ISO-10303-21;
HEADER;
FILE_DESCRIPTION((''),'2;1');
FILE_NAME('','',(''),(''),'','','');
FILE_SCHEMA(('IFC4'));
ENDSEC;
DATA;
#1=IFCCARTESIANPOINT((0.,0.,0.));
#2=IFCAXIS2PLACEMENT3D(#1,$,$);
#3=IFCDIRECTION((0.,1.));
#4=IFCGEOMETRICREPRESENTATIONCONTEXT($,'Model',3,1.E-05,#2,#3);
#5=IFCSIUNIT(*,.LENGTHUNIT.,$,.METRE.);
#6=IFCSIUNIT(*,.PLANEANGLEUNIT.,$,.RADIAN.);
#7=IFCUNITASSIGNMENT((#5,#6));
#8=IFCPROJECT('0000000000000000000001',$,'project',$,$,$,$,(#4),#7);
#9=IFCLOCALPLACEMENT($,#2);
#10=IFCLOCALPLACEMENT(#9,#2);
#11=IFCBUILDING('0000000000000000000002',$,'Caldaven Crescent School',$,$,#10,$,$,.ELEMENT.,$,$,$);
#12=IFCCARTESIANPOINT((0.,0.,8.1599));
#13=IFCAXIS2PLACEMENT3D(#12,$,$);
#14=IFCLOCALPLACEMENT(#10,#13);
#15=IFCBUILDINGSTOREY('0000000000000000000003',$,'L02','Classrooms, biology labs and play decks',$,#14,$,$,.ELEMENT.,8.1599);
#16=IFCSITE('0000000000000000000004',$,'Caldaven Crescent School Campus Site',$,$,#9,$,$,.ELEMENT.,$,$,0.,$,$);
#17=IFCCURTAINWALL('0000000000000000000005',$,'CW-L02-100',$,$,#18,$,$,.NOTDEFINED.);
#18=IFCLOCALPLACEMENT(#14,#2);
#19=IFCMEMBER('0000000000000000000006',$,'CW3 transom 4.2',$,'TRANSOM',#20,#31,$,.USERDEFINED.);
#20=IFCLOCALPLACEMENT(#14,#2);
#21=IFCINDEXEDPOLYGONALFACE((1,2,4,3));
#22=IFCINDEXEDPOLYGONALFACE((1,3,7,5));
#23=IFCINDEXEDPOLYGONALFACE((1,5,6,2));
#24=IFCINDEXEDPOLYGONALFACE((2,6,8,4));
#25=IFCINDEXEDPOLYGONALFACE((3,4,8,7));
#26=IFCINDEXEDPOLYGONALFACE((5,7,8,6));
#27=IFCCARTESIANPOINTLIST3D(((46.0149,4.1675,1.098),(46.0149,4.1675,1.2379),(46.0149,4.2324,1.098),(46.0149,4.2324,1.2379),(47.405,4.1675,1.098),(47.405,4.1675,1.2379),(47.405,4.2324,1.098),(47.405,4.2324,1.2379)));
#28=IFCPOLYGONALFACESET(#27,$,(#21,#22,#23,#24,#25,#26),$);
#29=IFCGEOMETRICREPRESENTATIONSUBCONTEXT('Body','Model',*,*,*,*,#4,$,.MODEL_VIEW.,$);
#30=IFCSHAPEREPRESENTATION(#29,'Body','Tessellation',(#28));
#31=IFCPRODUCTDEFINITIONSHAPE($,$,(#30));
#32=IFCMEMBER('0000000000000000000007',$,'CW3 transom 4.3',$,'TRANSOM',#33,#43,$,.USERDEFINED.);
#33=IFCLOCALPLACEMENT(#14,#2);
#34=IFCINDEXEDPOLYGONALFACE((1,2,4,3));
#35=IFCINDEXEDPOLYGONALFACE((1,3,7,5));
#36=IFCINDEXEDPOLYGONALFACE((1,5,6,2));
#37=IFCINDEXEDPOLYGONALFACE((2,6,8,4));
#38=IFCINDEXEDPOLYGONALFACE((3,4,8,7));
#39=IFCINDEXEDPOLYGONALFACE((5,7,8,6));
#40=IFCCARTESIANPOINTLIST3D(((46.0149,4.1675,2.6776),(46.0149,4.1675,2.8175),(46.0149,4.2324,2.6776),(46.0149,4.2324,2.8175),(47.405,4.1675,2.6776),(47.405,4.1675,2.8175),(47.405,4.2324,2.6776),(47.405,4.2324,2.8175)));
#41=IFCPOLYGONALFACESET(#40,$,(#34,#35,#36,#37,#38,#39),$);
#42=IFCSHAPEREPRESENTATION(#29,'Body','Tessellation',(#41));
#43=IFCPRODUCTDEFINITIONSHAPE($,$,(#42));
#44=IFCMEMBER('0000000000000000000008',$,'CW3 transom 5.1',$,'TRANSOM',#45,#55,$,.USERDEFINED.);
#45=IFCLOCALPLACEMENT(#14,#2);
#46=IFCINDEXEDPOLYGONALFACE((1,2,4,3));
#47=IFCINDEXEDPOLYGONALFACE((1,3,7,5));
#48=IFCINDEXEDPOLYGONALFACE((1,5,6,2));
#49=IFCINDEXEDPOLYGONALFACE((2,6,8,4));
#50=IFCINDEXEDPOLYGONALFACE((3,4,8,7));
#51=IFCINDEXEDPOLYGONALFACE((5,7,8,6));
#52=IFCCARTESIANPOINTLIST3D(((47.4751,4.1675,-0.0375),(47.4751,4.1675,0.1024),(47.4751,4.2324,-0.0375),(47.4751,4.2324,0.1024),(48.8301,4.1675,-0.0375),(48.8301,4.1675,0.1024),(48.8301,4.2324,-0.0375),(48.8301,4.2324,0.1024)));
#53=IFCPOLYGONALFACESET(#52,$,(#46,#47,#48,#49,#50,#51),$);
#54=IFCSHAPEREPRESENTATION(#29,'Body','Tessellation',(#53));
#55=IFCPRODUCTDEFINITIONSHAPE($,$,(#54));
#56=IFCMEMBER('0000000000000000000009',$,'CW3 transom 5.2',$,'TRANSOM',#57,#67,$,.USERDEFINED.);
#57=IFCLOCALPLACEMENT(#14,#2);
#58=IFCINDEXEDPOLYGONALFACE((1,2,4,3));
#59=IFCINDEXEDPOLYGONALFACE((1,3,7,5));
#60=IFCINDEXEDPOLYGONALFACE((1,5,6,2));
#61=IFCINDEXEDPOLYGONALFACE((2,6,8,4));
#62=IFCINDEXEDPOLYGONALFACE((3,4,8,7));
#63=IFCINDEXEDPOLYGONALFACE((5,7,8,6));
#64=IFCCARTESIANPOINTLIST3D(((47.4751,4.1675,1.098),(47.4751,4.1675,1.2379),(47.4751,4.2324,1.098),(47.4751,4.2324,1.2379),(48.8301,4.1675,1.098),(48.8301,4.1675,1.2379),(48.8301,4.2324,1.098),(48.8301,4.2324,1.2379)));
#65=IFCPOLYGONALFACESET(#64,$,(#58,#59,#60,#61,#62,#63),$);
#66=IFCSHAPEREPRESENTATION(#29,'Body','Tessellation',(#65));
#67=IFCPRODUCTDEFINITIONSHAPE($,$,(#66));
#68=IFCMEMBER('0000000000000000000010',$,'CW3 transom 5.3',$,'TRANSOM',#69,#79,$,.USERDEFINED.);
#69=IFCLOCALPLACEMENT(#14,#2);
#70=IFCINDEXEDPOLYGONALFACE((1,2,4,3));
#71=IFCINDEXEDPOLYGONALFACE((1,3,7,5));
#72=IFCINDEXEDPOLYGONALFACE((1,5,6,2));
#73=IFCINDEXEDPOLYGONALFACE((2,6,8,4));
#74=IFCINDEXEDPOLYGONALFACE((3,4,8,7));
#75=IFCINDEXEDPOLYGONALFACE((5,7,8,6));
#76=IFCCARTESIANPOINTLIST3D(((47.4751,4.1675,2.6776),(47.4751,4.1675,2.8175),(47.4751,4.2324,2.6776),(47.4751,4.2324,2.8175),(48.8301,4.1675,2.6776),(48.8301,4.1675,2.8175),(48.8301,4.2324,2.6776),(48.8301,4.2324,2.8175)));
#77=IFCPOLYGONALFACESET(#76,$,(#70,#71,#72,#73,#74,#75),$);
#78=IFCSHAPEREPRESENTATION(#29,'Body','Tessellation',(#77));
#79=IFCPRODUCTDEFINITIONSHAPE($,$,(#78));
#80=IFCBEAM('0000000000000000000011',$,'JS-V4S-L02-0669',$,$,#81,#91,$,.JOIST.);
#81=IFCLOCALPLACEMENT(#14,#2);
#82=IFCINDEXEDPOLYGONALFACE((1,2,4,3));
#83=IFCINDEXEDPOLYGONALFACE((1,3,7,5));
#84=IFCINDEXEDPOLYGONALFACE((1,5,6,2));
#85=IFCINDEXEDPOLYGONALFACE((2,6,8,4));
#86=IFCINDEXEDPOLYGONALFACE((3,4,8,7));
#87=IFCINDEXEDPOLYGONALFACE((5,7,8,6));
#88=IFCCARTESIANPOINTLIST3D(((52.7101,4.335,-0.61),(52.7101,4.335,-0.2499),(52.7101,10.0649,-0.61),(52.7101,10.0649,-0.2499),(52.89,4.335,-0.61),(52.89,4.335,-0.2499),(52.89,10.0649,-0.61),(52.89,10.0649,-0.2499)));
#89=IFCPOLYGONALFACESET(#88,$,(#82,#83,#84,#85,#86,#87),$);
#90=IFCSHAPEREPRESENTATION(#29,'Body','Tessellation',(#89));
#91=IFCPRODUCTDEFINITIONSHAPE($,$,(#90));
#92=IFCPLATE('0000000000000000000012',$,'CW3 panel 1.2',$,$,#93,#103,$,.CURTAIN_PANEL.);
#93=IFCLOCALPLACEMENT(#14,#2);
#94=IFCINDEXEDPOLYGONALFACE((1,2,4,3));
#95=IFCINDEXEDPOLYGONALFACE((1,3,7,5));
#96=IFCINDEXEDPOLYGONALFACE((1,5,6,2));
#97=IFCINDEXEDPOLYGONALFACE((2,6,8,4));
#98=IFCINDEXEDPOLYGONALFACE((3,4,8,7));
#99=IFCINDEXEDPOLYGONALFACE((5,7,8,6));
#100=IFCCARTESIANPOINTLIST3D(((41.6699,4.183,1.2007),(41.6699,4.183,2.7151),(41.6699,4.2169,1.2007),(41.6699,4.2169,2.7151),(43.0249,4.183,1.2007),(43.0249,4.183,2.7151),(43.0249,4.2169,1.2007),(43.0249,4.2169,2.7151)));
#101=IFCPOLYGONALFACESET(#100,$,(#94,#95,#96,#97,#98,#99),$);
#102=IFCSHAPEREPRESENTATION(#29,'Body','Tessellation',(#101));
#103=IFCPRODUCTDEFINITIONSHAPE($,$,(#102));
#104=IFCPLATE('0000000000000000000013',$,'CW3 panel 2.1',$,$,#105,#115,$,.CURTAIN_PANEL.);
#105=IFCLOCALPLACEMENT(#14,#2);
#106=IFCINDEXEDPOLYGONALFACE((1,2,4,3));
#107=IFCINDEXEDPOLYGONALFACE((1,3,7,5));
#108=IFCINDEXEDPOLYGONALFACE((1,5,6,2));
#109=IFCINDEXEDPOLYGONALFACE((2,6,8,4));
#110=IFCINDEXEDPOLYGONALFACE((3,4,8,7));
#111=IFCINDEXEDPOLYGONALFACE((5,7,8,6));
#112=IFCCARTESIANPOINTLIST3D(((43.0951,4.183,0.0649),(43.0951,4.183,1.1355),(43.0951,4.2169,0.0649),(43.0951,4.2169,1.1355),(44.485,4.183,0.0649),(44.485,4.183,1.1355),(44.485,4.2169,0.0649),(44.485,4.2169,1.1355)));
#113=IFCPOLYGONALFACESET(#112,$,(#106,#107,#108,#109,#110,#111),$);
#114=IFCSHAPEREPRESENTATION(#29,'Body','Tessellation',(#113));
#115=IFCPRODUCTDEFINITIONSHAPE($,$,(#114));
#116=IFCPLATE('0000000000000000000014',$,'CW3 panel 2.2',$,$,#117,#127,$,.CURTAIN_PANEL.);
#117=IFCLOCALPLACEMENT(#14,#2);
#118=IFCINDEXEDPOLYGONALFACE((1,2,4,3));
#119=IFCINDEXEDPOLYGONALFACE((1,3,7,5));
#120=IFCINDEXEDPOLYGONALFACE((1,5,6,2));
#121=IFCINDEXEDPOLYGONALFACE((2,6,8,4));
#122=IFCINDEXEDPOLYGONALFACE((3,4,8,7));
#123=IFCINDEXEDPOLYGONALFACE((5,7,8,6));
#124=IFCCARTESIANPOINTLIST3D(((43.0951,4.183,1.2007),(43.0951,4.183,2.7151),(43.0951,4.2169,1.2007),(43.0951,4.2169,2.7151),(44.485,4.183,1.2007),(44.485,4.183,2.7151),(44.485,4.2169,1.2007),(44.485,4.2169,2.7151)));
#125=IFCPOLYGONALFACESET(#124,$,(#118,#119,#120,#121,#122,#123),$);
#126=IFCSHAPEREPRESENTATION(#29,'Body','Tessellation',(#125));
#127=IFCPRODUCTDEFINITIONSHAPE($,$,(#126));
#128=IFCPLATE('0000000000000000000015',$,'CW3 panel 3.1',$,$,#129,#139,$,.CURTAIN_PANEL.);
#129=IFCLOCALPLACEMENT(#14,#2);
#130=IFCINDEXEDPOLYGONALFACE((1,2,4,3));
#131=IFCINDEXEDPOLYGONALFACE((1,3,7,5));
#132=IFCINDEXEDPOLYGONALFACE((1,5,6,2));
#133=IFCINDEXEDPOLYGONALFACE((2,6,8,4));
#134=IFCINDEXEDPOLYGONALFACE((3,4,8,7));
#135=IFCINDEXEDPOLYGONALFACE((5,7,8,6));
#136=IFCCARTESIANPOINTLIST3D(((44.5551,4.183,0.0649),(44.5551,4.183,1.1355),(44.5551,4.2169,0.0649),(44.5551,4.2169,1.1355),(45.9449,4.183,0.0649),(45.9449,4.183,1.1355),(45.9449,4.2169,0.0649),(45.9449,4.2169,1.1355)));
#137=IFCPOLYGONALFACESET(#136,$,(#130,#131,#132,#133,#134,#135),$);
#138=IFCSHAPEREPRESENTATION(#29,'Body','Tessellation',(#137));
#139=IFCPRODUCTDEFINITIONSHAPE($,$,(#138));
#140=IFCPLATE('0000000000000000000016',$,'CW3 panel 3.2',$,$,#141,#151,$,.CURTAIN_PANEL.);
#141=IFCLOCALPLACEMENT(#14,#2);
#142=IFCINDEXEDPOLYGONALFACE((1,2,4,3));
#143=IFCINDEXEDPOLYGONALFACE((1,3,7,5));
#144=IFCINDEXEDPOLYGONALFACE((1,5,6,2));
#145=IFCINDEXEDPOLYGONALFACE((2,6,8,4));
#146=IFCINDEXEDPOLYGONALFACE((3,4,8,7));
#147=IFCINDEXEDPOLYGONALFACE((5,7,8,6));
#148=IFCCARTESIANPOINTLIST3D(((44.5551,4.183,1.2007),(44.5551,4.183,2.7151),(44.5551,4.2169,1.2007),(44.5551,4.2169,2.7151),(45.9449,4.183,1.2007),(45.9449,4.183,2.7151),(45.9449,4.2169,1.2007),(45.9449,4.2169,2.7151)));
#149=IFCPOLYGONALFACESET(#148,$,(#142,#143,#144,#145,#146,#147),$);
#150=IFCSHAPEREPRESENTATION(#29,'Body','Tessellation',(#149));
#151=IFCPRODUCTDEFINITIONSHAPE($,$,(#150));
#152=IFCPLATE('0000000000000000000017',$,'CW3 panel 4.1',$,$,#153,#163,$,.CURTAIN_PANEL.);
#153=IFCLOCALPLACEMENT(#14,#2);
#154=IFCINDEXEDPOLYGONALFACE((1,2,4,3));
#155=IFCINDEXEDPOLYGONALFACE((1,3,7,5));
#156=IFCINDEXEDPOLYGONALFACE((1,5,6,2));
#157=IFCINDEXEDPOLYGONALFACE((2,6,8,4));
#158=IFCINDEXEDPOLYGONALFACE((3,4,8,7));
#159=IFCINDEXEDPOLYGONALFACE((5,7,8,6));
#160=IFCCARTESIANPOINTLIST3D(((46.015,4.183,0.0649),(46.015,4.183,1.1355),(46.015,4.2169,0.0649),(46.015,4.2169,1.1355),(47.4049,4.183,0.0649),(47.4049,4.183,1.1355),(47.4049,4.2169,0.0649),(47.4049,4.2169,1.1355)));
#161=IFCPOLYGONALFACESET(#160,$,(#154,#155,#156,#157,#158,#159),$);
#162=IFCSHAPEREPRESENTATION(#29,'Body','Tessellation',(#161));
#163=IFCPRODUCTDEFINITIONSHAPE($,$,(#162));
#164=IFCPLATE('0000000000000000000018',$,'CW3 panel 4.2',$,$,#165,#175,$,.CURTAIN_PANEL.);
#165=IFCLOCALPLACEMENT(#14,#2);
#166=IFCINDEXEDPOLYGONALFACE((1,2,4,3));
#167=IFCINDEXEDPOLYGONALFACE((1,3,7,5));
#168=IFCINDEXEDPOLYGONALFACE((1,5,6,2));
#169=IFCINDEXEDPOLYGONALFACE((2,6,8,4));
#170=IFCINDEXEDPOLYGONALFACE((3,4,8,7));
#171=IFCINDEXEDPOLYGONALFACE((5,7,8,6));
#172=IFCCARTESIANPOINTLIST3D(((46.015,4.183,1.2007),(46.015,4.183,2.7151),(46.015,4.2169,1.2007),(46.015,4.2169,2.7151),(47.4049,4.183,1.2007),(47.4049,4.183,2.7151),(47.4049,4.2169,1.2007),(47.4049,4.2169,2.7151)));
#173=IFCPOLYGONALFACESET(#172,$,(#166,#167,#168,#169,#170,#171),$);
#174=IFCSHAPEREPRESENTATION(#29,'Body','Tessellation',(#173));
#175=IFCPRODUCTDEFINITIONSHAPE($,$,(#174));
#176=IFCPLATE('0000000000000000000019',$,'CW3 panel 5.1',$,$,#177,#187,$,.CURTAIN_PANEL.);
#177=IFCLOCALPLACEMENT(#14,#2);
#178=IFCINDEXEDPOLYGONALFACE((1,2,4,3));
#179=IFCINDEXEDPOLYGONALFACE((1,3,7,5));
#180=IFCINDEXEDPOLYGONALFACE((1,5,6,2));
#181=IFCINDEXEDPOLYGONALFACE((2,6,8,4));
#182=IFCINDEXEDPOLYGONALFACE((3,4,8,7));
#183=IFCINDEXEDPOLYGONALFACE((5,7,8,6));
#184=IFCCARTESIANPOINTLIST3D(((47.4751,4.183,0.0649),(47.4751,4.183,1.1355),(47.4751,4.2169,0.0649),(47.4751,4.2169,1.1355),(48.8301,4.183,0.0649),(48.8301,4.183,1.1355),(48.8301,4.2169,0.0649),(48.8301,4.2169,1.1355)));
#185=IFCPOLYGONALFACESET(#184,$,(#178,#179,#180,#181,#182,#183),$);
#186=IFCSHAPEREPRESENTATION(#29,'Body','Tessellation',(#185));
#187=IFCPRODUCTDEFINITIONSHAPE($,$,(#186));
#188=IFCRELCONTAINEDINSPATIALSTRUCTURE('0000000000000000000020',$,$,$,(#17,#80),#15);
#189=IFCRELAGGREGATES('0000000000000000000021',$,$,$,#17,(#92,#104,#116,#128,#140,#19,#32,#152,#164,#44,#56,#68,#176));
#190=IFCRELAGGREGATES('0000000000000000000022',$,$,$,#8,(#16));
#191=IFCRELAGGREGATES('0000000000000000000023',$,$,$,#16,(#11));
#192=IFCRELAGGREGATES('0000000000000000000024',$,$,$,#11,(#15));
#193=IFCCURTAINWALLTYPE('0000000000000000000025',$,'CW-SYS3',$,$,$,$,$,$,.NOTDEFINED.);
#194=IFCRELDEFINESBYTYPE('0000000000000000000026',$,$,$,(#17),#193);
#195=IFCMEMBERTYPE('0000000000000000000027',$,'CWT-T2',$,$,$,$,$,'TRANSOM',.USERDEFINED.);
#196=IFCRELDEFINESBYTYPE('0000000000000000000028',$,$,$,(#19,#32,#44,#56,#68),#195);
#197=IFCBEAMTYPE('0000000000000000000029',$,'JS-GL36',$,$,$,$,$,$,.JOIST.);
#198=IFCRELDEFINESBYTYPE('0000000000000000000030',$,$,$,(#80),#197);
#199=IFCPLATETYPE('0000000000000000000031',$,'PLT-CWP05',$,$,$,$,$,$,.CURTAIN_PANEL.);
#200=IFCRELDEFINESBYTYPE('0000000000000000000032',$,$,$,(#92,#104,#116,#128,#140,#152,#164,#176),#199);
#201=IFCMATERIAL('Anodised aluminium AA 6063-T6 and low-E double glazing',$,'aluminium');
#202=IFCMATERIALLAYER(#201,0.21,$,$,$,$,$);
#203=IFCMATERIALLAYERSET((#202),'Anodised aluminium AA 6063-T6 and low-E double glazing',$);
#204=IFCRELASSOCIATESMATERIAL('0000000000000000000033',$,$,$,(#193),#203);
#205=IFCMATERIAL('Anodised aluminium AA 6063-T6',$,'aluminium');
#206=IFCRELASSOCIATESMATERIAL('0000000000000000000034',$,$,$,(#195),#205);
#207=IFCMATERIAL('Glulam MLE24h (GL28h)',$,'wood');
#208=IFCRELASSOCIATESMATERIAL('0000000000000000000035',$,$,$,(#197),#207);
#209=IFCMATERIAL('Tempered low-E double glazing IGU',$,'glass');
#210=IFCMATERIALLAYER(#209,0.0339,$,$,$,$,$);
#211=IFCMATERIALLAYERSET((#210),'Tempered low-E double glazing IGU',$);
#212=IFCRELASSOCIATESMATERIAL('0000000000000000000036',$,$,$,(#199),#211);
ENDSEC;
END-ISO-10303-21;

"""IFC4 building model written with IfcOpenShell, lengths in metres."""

from ifc_helpers import new_model, si_unit, direction, frame, origin, origin_2d, place, context, subcontext, project, spatial, rectangle, extrude, material, layer, layer_set, material_profile, profile_set, type_object, element, aggregate, save


model = new_model("IFC4")

# Units and contexts
model_context = context("Model", 3, precision=1e-05, world=origin(), true_north=direction((0.0, 1.0)))
body_context = subcontext(model_context, "Body", "Model", "MODEL_VIEW")
ifc_project = project(units=[si_unit("LENGTHUNIT", "METRE"), si_unit("PLANEANGLEUNIT", "RADIAN")], contexts=[model_context])

# Site, building, storey
site_placement = place(None, origin())
site = spatial("IfcSite", under=ifc_project, at=site_placement, Name="Caldaven Crescent School Campus Site", CompositionType="ELEMENT", RefElevation=0.0)
building_placement = place(site_placement, origin())
building = spatial("IfcBuilding", under=site, at=building_placement, Name="Caldaven Crescent School", CompositionType="ELEMENT")
storey_placement = place(building_placement, frame((0.0, 0.0, 8.1599)))
storey = spatial("IfcBuildingStorey", under=building, at=storey_placement, Name="L02", Description="Classrooms, biology labs and play decks", CompositionType="ELEMENT", Elevation=8.1599)

# Shared definitions
ifc_material_1 = material(Name="Glulam MLE24h (GL28h)", Category="wood")

# Curtain wall, members
ifc_material_2 = material(Name="Anodised aluminium AA 6063-T6 and low-E double glazing", Category="aluminium")
ifc_layer_1 = layer(ifc_material_2, 0.21)
ifc_layer_set_1 = layer_set([ifc_layer_1], Name="Anodised aluminium AA 6063-T6 and low-E double glazing")
curtain_wall_type = type_object("IfcCurtainWallType", Name="CW-SYS3", PredefinedType="NOTDEFINED", material=ifc_layer_set_1)
curtain_wall_placement = place(storey_placement, origin())
curtain_wall = element("IfcCurtainWall", 1, at=curtain_wall_placement, inside=storey, type_object=curtain_wall_type, Name="CW-L02-100", PredefinedType="NOTDEFINED")
ifc_material_3 = material(Name="Anodised aluminium AA 6063-T6", Category="aluminium")
ifc_material_profile_1 = material_profile(ifc_material_3, rectangle(XDim=0.0649, YDim=0.1399, at=origin_2d()), Name="CWT 65x140")
ifc_profile_set_1 = profile_set([ifc_material_profile_1], Name="Anodised aluminium AA 6063-T6")
member_type_1 = type_object("IfcMemberType", Name="CWT-T2", ElementType="TRANSOM", PredefinedType="USERDEFINED", material=ifc_profile_set_1)
member_1_placement = place(storey_placement, frame((46.0149, 4.2, 1.168), z_axis=(1.0, 0.0, 0.0), x_axis=(0.0, 1.0, 0.0)))
member_1 = element("IfcMember", 2, at=member_1_placement, type_object=member_type_1, Name="CW3 transom 4.2", ObjectType="TRANSOM", PredefinedType="USERDEFINED", context=body_context, shape_type="SweptSolid", body=[
    extrude(rectangle(XDim=0.0649, YDim=0.1399, at=origin_2d()), origin(), (0.0, 0.0, 1.0), 1.3901),
])
member_2_placement = place(storey_placement, frame((46.0149, 4.2, 2.7476), z_axis=(1.0, 0.0, 0.0), x_axis=(0.0, 1.0, 0.0)))
member_2 = element("IfcMember", 3, at=member_2_placement, type_object=member_type_1, Name="CW3 transom 4.3", ObjectType="TRANSOM", PredefinedType="USERDEFINED", context=body_context, shape_type="SweptSolid", body=[
    extrude(rectangle(XDim=0.0649, YDim=0.1399, at=origin_2d()), origin(), (0.0, 0.0, 1.0), 1.3901),
])
member_3_placement = place(storey_placement, frame((47.4751, 4.2, 0.0325), z_axis=(1.0, 0.0, 0.0), x_axis=(0.0, 1.0, 0.0)))
member_3 = element("IfcMember", 4, at=member_3_placement, type_object=member_type_1, Name="CW3 transom 5.1", ObjectType="TRANSOM", PredefinedType="USERDEFINED", context=body_context, shape_type="SweptSolid", body=[
    extrude(rectangle(XDim=0.0649, YDim=0.1399, at=origin_2d()), origin(), (0.0, 0.0, 1.0), 1.355),
])
member_4_placement = place(storey_placement, frame((47.4751, 4.2, 1.168), z_axis=(1.0, 0.0, 0.0), x_axis=(0.0, 1.0, 0.0)))
member_4 = element("IfcMember", 5, at=member_4_placement, type_object=member_type_1, Name="CW3 transom 5.2", ObjectType="TRANSOM", PredefinedType="USERDEFINED", context=body_context, shape_type="SweptSolid", body=[
    extrude(rectangle(XDim=0.0649, YDim=0.1399, at=origin_2d()), origin(), (0.0, 0.0, 1.0), 1.355),
])
member_5_placement = place(storey_placement, frame((47.4751, 4.2, 2.7476), z_axis=(1.0, 0.0, 0.0), x_axis=(0.0, 1.0, 0.0)))
member_5 = element("IfcMember", 6, at=member_5_placement, type_object=member_type_1, Name="CW3 transom 5.3", ObjectType="TRANSOM", PredefinedType="USERDEFINED", context=body_context, shape_type="SweptSolid", body=[
    extrude(rectangle(XDim=0.0649, YDim=0.1399, at=origin_2d()), origin(), (0.0, 0.0, 1.0), 1.355),
])

# Beam
ifc_material_profile_2 = material_profile(ifc_material_1, rectangle(XDim=0.1799, YDim=0.3601, at=origin_2d()), Name="MLE 180x360")
ifc_profile_set_2 = profile_set([ifc_material_profile_2], Name="Glulam MLE24h (GL28h)")
beam_type_1 = type_object("IfcBeamType", Name="JS-GL36", PredefinedType="JOIST", material=ifc_profile_set_2)
beam_1_placement = place(storey_placement, frame((52.8, 4.335, -0.4299), z_axis=(0.0, 1.0, 0.0), x_axis=(-1.0, 0.0, 0.0)))
element("IfcBeam", 7, at=beam_1_placement, inside=storey, type_object=beam_type_1, Name="JS-V4S-L02-0669", PredefinedType="JOIST", context=body_context, shape_type="SweptSolid", body=[
    extrude(rectangle(XDim=0.1799, YDim=0.3601, at=origin_2d()), origin(), (0.0, 0.0, 1.0), 5.73),
])

# Plates
ifc_material_4 = material(Name="Tempered low-E double glazing IGU", Category="glass")
ifc_layer_2 = layer(ifc_material_4, 0.0339)
ifc_layer_set_2 = layer_set([ifc_layer_2], Name="Tempered low-E double glazing IGU")
plate_type = type_object("IfcPlateType", Name="PLT-CWP05", PredefinedType="CURTAIN_PANEL", material=ifc_layer_set_2)
plate_1_placement = place(storey_placement, frame((42.3474, 4.2, 1.2007), z_axis=(0.0, 0.0, 1.0), x_axis=(1.0, 0.0, 0.0)))
plate_1 = element("IfcPlate", 8, at=plate_1_placement, type_object=plate_type, Name="CW3 panel 1.2", PredefinedType="CURTAIN_PANEL", context=body_context, shape_type="SweptSolid", body=[
    extrude(rectangle(XDim=1.355, YDim=0.0339, at=origin_2d()), origin(), (0.0, 0.0, 1.0), 1.5144),
])
plate_2_placement = place(storey_placement, frame((43.79, 4.2, 0.0649), z_axis=(0.0, 0.0, 1.0), x_axis=(1.0, 0.0, 0.0)))
plate_2 = element("IfcPlate", 9, at=plate_2_placement, type_object=plate_type, Name="CW3 panel 2.1", PredefinedType="CURTAIN_PANEL", context=body_context, shape_type="SweptSolid", body=[
    extrude(rectangle(XDim=1.3899, YDim=0.0339, at=origin_2d()), origin(), (0.0, 0.0, 1.0), 1.0706),
])
plate_3_placement = place(storey_placement, frame((43.79, 4.2, 1.2007), z_axis=(0.0, 0.0, 1.0), x_axis=(1.0, 0.0, 0.0)))
plate_3 = element("IfcPlate", 10, at=plate_3_placement, type_object=plate_type, Name="CW3 panel 2.2", PredefinedType="CURTAIN_PANEL", context=body_context, shape_type="SweptSolid", body=[
    extrude(rectangle(XDim=1.3899, YDim=0.0339, at=origin_2d()), origin(), (0.0, 0.0, 1.0), 1.5144),
])
plate_4_placement = place(storey_placement, frame((45.25, 4.2, 0.0649), z_axis=(0.0, 0.0, 1.0), x_axis=(1.0, 0.0, 0.0)))
plate_4 = element("IfcPlate", 11, at=plate_4_placement, type_object=plate_type, Name="CW3 panel 3.1", PredefinedType="CURTAIN_PANEL", context=body_context, shape_type="SweptSolid", body=[
    extrude(rectangle(XDim=1.3899, YDim=0.0339, at=origin_2d()), origin(), (0.0, 0.0, 1.0), 1.0706),
])
plate_5_placement = place(storey_placement, frame((45.25, 4.2, 1.2007), z_axis=(0.0, 0.0, 1.0), x_axis=(1.0, 0.0, 0.0)))
plate_5 = element("IfcPlate", 12, at=plate_5_placement, type_object=plate_type, Name="CW3 panel 3.2", PredefinedType="CURTAIN_PANEL", context=body_context, shape_type="SweptSolid", body=[
    extrude(rectangle(XDim=1.3899, YDim=0.0339, at=origin_2d()), origin(), (0.0, 0.0, 1.0), 1.5144),
])
plate_6_placement = place(storey_placement, frame((46.71, 4.2, 0.0649), z_axis=(0.0, 0.0, 1.0), x_axis=(1.0, 0.0, 0.0)))
plate_6 = element("IfcPlate", 13, at=plate_6_placement, type_object=plate_type, Name="CW3 panel 4.1", PredefinedType="CURTAIN_PANEL", context=body_context, shape_type="SweptSolid", body=[
    extrude(rectangle(XDim=1.3899, YDim=0.0339, at=origin_2d()), origin(), (0.0, 0.0, 1.0), 1.0706),
])
plate_7_placement = place(storey_placement, frame((46.71, 4.2, 1.2007), z_axis=(0.0, 0.0, 1.0), x_axis=(1.0, 0.0, 0.0)))
plate_7 = element("IfcPlate", 14, at=plate_7_placement, type_object=plate_type, Name="CW3 panel 4.2", PredefinedType="CURTAIN_PANEL", context=body_context, shape_type="SweptSolid", body=[
    extrude(rectangle(XDim=1.3899, YDim=0.0339, at=origin_2d()), origin(), (0.0, 0.0, 1.0), 1.5144),
])
plate_8_placement = place(storey_placement, frame((48.1526, 4.2, 0.0649), z_axis=(0.0, 0.0, 1.0), x_axis=(1.0, 0.0, 0.0)))
plate_8 = element("IfcPlate", 15, at=plate_8_placement, type_object=plate_type, Name="CW3 panel 5.1", PredefinedType="CURTAIN_PANEL", context=body_context, shape_type="SweptSolid", body=[
    extrude(rectangle(XDim=1.355, YDim=0.0339, at=origin_2d()), origin(), (0.0, 0.0, 1.0), 1.0706),
])
aggregate(curtain_wall, [plate_1, plate_2, plate_3, plate_4, plate_5, member_1, member_2, plate_6, plate_7, member_3, member_4, member_5, plate_8])

save(model, "model.ifc")
